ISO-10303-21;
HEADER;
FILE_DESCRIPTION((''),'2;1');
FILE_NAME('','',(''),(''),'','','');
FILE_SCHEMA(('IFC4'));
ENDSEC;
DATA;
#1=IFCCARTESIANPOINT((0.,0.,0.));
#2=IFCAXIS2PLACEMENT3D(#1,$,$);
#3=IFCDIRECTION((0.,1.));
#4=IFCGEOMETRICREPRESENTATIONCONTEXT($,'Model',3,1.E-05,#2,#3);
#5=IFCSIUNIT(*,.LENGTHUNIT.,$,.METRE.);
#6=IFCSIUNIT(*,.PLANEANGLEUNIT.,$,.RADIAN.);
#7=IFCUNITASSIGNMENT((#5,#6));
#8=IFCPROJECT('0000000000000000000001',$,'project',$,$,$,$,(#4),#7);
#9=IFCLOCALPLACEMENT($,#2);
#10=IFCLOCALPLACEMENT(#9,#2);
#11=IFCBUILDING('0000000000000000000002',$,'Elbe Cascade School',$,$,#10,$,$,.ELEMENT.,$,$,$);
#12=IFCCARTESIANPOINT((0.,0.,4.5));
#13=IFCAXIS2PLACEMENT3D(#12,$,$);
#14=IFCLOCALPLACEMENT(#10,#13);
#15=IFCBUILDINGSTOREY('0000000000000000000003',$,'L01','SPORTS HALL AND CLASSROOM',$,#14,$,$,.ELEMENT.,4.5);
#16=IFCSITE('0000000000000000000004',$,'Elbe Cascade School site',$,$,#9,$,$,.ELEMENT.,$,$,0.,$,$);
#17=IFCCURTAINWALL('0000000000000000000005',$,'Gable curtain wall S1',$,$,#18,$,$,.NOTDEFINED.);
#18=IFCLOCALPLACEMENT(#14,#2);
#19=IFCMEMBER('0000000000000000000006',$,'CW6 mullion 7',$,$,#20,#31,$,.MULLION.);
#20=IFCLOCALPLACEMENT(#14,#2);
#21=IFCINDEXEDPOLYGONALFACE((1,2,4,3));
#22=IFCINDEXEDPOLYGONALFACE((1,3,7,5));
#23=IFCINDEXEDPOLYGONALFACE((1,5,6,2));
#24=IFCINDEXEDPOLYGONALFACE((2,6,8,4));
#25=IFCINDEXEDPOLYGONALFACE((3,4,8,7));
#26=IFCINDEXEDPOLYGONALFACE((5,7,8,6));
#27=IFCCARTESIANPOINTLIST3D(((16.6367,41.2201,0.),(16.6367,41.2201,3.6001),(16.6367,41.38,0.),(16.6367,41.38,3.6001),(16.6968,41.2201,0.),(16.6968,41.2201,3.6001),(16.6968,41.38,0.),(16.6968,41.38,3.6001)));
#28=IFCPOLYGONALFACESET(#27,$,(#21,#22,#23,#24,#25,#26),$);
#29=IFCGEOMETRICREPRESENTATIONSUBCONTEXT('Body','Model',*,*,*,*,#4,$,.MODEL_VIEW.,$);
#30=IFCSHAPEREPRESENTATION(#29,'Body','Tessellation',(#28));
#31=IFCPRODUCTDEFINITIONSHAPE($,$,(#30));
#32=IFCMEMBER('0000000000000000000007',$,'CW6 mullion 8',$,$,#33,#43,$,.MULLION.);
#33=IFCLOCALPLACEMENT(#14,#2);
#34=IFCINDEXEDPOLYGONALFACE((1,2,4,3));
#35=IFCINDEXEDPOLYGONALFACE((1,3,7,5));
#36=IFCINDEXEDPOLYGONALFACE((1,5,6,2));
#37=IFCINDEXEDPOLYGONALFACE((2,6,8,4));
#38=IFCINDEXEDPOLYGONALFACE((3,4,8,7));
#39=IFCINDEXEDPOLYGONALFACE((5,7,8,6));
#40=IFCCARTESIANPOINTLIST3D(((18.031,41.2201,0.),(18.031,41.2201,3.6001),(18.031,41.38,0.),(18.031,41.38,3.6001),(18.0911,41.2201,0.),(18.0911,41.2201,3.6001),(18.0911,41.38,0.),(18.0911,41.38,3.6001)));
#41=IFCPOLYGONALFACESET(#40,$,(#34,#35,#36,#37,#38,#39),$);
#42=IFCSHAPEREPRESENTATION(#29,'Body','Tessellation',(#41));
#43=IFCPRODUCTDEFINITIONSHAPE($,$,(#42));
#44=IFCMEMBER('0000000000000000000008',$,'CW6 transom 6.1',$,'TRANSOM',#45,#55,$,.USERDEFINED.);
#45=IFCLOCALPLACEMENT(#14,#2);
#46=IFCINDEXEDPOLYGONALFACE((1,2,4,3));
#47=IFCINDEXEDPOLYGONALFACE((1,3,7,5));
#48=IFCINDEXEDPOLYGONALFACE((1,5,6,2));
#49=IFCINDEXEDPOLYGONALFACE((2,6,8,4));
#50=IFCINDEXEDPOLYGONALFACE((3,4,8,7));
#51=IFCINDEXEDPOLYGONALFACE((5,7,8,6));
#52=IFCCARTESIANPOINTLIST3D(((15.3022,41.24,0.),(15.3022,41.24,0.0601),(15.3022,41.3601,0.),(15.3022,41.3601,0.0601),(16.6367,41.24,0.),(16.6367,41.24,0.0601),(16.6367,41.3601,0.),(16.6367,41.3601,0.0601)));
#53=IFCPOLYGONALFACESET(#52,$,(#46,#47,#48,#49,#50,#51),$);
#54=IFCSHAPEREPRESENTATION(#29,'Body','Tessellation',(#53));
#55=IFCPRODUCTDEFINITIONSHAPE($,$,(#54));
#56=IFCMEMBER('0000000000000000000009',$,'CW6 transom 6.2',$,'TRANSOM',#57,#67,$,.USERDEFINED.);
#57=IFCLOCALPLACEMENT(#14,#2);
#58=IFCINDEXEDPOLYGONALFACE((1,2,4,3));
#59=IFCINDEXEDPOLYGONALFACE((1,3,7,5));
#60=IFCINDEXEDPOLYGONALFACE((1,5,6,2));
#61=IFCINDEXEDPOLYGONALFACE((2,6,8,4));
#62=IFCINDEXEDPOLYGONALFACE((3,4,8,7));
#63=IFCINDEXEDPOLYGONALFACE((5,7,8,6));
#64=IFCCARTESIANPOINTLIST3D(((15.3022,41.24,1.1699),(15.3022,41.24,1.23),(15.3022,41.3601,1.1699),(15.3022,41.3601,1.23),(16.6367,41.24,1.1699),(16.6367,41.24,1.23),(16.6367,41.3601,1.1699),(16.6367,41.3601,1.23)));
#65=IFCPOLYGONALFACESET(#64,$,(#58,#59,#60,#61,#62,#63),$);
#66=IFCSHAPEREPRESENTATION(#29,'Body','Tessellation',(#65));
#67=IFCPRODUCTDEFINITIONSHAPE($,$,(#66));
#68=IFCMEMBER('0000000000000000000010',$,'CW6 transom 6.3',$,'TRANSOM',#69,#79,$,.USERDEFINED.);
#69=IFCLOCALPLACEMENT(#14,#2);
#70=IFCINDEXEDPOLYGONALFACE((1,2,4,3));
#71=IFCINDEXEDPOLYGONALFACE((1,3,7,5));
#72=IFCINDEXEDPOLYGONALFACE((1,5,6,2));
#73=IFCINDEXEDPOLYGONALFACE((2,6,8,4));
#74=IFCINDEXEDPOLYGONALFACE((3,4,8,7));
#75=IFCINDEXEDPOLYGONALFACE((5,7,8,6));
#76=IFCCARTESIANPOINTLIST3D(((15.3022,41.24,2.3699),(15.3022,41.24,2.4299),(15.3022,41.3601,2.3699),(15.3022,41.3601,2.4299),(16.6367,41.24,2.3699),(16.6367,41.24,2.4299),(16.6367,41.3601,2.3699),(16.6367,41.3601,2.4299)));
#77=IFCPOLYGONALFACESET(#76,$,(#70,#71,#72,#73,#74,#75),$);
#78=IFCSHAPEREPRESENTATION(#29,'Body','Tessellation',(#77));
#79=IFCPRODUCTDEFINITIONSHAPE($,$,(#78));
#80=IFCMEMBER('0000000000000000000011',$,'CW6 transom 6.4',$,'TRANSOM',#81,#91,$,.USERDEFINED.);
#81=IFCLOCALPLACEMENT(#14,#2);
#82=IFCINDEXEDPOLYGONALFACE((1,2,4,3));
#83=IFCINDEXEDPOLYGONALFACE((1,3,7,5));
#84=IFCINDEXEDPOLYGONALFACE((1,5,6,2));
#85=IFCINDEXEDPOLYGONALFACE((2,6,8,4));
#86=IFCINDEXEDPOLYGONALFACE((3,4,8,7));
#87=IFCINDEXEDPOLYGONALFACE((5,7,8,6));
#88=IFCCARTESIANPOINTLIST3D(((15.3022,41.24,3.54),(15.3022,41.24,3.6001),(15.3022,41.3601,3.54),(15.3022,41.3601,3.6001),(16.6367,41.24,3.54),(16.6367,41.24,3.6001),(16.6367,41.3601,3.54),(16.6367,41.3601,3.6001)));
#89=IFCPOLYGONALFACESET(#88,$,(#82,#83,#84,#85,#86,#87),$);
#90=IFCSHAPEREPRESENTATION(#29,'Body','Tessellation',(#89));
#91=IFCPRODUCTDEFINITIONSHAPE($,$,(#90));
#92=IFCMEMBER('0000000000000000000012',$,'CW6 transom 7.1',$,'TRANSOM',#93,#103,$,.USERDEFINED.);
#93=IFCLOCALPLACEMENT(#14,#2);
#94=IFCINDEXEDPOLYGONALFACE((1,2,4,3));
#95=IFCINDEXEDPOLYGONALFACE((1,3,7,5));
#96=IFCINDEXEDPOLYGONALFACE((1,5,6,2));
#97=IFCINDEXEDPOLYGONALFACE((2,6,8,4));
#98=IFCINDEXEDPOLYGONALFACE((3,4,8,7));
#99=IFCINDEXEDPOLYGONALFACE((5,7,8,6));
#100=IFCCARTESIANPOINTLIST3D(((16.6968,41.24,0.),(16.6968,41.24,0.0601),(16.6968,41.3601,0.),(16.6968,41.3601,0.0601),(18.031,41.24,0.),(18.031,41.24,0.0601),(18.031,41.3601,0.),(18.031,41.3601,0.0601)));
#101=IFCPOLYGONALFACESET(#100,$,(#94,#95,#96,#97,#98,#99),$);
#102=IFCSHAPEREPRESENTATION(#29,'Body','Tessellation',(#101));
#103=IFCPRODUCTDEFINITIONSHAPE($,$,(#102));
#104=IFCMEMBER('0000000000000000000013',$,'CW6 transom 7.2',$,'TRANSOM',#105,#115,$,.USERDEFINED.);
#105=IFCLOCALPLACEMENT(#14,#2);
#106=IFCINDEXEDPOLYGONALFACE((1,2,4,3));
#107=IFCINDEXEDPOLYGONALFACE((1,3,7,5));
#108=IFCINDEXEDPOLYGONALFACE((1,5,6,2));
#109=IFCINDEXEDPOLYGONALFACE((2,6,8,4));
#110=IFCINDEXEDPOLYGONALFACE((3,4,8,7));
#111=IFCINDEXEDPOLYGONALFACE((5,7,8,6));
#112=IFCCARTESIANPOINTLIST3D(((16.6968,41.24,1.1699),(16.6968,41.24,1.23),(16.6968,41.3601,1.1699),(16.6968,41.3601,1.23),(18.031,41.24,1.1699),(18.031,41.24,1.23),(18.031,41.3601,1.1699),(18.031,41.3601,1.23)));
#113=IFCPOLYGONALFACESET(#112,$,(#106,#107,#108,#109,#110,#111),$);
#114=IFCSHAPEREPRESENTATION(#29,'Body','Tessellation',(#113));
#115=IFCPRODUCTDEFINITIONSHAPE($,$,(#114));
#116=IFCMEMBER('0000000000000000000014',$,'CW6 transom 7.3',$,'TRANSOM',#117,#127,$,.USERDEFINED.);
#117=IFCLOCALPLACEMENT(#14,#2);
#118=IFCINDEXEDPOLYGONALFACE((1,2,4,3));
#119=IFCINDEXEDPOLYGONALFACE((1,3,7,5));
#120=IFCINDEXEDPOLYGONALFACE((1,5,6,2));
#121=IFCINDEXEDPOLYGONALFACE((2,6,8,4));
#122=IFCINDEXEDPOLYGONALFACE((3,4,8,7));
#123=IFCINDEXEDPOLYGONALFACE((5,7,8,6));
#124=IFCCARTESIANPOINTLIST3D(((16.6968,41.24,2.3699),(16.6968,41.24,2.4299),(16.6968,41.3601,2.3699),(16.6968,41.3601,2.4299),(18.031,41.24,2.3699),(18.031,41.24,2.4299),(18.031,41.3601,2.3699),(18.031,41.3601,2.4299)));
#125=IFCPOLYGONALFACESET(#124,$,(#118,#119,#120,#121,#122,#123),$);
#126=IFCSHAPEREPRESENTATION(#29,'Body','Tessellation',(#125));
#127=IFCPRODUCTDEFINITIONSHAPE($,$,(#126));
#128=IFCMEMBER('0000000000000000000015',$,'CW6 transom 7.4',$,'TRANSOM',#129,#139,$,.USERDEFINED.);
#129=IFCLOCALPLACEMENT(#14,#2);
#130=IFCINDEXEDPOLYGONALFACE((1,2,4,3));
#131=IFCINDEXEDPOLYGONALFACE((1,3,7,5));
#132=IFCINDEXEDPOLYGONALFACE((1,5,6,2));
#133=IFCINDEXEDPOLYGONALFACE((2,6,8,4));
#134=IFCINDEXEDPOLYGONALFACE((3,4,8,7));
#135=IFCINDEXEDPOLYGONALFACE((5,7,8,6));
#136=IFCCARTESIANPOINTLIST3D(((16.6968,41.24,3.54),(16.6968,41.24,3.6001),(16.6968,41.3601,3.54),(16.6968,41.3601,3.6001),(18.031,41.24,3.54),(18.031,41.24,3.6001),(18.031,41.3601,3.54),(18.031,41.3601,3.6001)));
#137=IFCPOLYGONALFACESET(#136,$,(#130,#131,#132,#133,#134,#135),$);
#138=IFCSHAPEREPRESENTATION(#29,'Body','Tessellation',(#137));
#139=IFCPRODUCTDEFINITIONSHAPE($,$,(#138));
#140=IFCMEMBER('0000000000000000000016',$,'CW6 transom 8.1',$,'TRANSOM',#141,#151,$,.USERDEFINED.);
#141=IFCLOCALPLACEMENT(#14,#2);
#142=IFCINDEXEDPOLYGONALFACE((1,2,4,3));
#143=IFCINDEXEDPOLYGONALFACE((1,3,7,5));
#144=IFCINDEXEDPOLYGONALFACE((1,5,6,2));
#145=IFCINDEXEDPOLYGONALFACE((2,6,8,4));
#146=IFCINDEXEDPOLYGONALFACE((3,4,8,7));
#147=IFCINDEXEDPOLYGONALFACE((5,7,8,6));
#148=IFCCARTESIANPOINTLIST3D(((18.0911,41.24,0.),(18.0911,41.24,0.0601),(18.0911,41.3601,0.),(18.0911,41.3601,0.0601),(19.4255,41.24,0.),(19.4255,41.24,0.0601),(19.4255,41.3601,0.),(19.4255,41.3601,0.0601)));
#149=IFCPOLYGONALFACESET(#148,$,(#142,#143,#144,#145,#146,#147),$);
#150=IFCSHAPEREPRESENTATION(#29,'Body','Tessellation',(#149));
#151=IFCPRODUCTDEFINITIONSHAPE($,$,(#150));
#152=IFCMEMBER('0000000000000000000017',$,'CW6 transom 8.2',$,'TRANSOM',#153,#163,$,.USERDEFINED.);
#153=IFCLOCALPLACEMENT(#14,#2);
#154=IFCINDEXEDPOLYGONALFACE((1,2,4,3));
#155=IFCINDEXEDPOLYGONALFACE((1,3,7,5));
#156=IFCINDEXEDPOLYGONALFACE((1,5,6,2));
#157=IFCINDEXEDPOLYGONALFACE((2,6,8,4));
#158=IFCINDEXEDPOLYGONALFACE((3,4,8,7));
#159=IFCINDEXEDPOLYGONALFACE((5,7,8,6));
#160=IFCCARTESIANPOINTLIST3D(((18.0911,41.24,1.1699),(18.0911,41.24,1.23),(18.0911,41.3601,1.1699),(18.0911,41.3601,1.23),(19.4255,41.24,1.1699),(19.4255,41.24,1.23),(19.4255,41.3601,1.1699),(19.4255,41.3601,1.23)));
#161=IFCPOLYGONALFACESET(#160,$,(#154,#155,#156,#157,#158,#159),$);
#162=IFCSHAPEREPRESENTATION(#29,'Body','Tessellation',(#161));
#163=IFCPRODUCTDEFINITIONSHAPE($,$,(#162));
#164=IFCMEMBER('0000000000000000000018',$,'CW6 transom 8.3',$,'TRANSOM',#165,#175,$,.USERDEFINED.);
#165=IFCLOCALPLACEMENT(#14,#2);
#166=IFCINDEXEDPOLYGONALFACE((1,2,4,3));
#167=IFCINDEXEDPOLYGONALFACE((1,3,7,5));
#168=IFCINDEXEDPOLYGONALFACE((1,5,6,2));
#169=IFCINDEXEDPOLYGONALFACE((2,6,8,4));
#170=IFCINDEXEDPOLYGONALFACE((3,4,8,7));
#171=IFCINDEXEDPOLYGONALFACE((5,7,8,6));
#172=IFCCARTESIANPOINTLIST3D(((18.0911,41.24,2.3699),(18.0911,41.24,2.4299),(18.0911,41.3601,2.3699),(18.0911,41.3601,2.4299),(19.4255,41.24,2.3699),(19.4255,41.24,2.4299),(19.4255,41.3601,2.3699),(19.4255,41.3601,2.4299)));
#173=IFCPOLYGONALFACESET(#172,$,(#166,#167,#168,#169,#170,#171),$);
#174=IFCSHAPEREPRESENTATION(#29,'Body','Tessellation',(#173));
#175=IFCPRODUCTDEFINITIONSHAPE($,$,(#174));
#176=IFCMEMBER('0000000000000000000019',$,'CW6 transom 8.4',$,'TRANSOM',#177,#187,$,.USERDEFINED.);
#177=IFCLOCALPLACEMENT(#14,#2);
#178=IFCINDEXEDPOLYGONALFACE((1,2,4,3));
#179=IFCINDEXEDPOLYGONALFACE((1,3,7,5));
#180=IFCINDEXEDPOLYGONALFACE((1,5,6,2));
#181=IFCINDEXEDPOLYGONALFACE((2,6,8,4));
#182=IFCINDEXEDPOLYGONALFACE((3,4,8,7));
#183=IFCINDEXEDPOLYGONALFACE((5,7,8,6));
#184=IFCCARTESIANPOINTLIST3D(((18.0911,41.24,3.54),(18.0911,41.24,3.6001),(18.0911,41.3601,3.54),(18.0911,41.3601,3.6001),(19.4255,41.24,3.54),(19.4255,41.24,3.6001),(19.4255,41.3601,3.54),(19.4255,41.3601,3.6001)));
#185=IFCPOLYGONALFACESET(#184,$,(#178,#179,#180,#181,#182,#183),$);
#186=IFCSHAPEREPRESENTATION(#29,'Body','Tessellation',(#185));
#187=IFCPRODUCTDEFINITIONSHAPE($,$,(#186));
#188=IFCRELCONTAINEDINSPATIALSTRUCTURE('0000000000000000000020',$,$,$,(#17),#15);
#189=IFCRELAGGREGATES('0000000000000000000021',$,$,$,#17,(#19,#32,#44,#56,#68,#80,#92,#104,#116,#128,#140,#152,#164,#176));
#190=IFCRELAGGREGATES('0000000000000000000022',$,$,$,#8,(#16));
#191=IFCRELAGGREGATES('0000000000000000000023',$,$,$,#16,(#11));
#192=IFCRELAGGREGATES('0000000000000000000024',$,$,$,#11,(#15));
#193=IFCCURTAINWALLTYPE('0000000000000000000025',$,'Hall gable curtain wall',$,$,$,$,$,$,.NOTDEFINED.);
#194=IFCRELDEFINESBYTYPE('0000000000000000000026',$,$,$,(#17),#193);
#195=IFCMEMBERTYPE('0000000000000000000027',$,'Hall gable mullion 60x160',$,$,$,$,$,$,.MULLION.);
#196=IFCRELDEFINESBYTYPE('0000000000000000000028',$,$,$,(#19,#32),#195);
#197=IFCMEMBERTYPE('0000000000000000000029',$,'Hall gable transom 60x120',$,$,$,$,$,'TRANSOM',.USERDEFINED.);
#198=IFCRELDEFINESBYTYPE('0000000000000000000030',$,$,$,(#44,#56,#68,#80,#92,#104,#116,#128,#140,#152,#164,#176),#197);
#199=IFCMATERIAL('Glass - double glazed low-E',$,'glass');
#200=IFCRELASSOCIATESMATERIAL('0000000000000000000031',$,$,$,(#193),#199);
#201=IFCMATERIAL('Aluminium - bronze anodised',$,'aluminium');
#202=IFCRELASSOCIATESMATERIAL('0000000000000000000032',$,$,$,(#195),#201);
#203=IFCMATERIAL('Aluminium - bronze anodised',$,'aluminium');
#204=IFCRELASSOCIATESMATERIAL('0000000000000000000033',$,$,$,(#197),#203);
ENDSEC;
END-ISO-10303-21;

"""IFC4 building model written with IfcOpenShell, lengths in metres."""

from ifc_helpers import new_model, si_unit, direction, frame, origin, origin_2d, place, context, subcontext, project, spatial, rectangle, extrude, material, material_profile, profile_set, type_object, element, aggregate, save


model = new_model("IFC4")

# Units and contexts
model_context = context("Model", 3, precision=1e-05, world=origin(), true_north=direction((0.0, 1.0)))
body_context = subcontext(model_context, "Body", "Model", "MODEL_VIEW")
ifc_project = project(units=[si_unit("LENGTHUNIT", "METRE"), si_unit("PLANEANGLEUNIT", "RADIAN")], contexts=[model_context])

# Site, building, storey
site_placement = place(None, origin())
site = spatial("IfcSite", under=ifc_project, at=site_placement, Name="Elbe Cascade School site", CompositionType="ELEMENT", RefElevation=0.0)
building_placement = place(site_placement, origin())
building = spatial("IfcBuilding", under=site, at=building_placement, Name="Elbe Cascade School", CompositionType="ELEMENT")
storey_placement = place(building_placement, frame((0.0, 0.0, 4.5)))
storey = spatial("IfcBuildingStorey", under=building, at=storey_placement, Name="L01", Description="SPORTS HALL AND CLASSROOM", CompositionType="ELEMENT", Elevation=4.5)

# Curtain wall, members
ifc_material_1 = material(Name="Glass - double glazed low-E", Category="glass")
curtain_wall_type = type_object("IfcCurtainWallType", Name="Hall gable curtain wall", PredefinedType="NOTDEFINED", material=ifc_material_1)
curtain_wall_placement = place(storey_placement, origin())
curtain_wall = element("IfcCurtainWall", 1, at=curtain_wall_placement, inside=storey, type_object=curtain_wall_type, Name="Gable curtain wall S1", PredefinedType="NOTDEFINED")
ifc_material_2 = material(Name="Aluminium - bronze anodised", Category="aluminium")
ifc_material_profile_1 = material_profile(ifc_material_2, rectangle(XDim=0.1599, YDim=0.0601, at=origin_2d()), Name="Alu 60x160")
ifc_profile_set_1 = profile_set([ifc_material_profile_1], Name="Aluminium - bronze anodised")
member_type_1 = type_object("IfcMemberType", Name="Hall gable mullion 60x160", PredefinedType="MULLION", material=ifc_profile_set_1)
member_1_placement = place(storey_placement, frame((16.6667, 41.3, 0.0), z_axis=(0.0, 0.0, 1.0), x_axis=(0.0, 1.0, 0.0)))
member_1 = element("IfcMember", 2, at=member_1_placement, type_object=member_type_1, Name="CW6 mullion 7", PredefinedType="MULLION", context=body_context, shape_type="SweptSolid", body=[
    extrude(rectangle(XDim=0.1599, YDim=0.0601, at=origin_2d()), origin(), (0.0, 0.0, 1.0), 3.6001),
])
member_2_placement = place(storey_placement, frame((18.061, 41.3, 0.0), z_axis=(0.0, 0.0, 1.0), x_axis=(0.0, 1.0, 0.0)))
member_2 = element("IfcMember", 3, at=member_2_placement, type_object=member_type_1, Name="CW6 mullion 8", PredefinedType="MULLION", context=body_context, shape_type="SweptSolid", body=[
    extrude(rectangle(XDim=0.1599, YDim=0.0601, at=origin_2d()), origin(), (0.0, 0.0, 1.0), 3.6001),
])
ifc_material_3 = material(Name="Aluminium - bronze anodised", Category="aluminium")
ifc_material_profile_2 = material_profile(ifc_material_3, rectangle(XDim=0.1201, YDim=0.0601, at=origin_2d()), Name="Alu 60x120")
ifc_profile_set_2 = profile_set([ifc_material_profile_2], Name="Aluminium - bronze anodised")
member_type_2 = type_object("IfcMemberType", Name="Hall gable transom 60x120", ElementType="TRANSOM", PredefinedType="USERDEFINED", material=ifc_profile_set_2)
member_3_placement = place(storey_placement, frame((15.3022, 41.3, 0.03), z_axis=(1.0, 0.0, 0.0), x_axis=(0.0, 1.0, 0.0)))
member_3 = element("IfcMember", 4, at=member_3_placement, type_object=member_type_2, Name="CW6 transom 6.1", ObjectType="TRANSOM", PredefinedType="USERDEFINED", context=body_context, shape_type="SweptSolid", body=[
    extrude(rectangle(XDim=0.1201, YDim=0.0601, at=origin_2d()), origin(), (0.0, 0.0, 1.0), 1.3345),
])
member_4_placement = place(storey_placement, frame((15.3022, 41.3, 1.2), z_axis=(1.0, 0.0, 0.0), x_axis=(0.0, 1.0, 0.0)))
member_4 = element("IfcMember", 5, at=member_4_placement, type_object=member_type_2, Name="CW6 transom 6.2", ObjectType="TRANSOM", PredefinedType="USERDEFINED", context=body_context, shape_type="SweptSolid", body=[
    extrude(rectangle(XDim=0.1201, YDim=0.0601, at=origin_2d()), origin(), (0.0, 0.0, 1.0), 1.3345),
])
member_5_placement = place(storey_placement, frame((15.3022, 41.3, 2.3999), z_axis=(1.0, 0.0, 0.0), x_axis=(0.0, 1.0, 0.0)))
member_5 = element("IfcMember", 6, at=member_5_placement, type_object=member_type_2, Name="CW6 transom 6.3", ObjectType="TRANSOM", PredefinedType="USERDEFINED", context=body_context, shape_type="SweptSolid", body=[
    extrude(rectangle(XDim=0.1201, YDim=0.0601, at=origin_2d()), origin(), (0.0, 0.0, 1.0), 1.3345),
])
member_6_placement = place(storey_placement, frame((15.3022, 41.3, 3.5701), z_axis=(1.0, 0.0, 0.0), x_axis=(0.0, 1.0, 0.0)))
member_6 = element("IfcMember", 7, at=member_6_placement, type_object=member_type_2, Name="CW6 transom 6.4", ObjectType="TRANSOM", PredefinedType="USERDEFINED", context=body_context, shape_type="SweptSolid", body=[
    extrude(rectangle(XDim=0.1201, YDim=0.0601, at=origin_2d()), origin(), (0.0, 0.0, 1.0), 1.3345),
])
member_7_placement = place(storey_placement, frame((16.6968, 41.3, 0.03), z_axis=(1.0, 0.0, 0.0), x_axis=(0.0, 1.0, 0.0)))
member_7 = element("IfcMember", 8, at=member_7_placement, type_object=member_type_2, Name="CW6 transom 7.1", ObjectType="TRANSOM", PredefinedType="USERDEFINED", context=body_context, shape_type="SweptSolid", body=[
    extrude(rectangle(XDim=0.1201, YDim=0.0601, at=origin_2d()), origin(), (0.0, 0.0, 1.0), 1.3342),
])
member_8_placement = place(storey_placement, frame((16.6968, 41.3, 1.2), z_axis=(1.0, 0.0, 0.0), x_axis=(0.0, 1.0, 0.0)))
member_8 = element("IfcMember", 9, at=member_8_placement, type_object=member_type_2, Name="CW6 transom 7.2", ObjectType="TRANSOM", PredefinedType="USERDEFINED", context=body_context, shape_type="SweptSolid", body=[
    extrude(rectangle(XDim=0.1201, YDim=0.0601, at=origin_2d()), origin(), (0.0, 0.0, 1.0), 1.3342),
])
member_9_placement = place(storey_placement, frame((16.6968, 41.3, 2.3999), z_axis=(1.0, 0.0, 0.0), x_axis=(0.0, 1.0, 0.0)))
member_9 = element("IfcMember", 10, at=member_9_placement, type_object=member_type_2, Name="CW6 transom 7.3", ObjectType="TRANSOM", PredefinedType="USERDEFINED", context=body_context, shape_type="SweptSolid", body=[
    extrude(rectangle(XDim=0.1201, YDim=0.0601, at=origin_2d()), origin(), (0.0, 0.0, 1.0), 1.3342),
])
member_10_placement = place(storey_placement, frame((16.6968, 41.3, 3.5701), z_axis=(1.0, 0.0, 0.0), x_axis=(0.0, 1.0, 0.0)))
member_10 = element("IfcMember", 11, at=member_10_placement, type_object=member_type_2, Name="CW6 transom 7.4", ObjectType="TRANSOM", PredefinedType="USERDEFINED", context=body_context, shape_type="SweptSolid", body=[
    extrude(rectangle(XDim=0.1201, YDim=0.0601, at=origin_2d()), origin(), (0.0, 0.0, 1.0), 1.3342),
])
member_11_placement = place(storey_placement, frame((18.0911, 41.3, 0.03), z_axis=(1.0, 0.0, 0.0), x_axis=(0.0, 1.0, 0.0)))
member_11 = element("IfcMember", 12, at=member_11_placement, type_object=member_type_2, Name="CW6 transom 8.1", ObjectType="TRANSOM", PredefinedType="USERDEFINED", context=body_context, shape_type="SweptSolid", body=[
    extrude(rectangle(XDim=0.1201, YDim=0.0601, at=origin_2d()), origin(), (0.0, 0.0, 1.0), 1.3345),
])
member_12_placement = place(storey_placement, frame((18.0911, 41.3, 1.2), z_axis=(1.0, 0.0, 0.0), x_axis=(0.0, 1.0, 0.0)))
member_12 = element("IfcMember", 13, at=member_12_placement, type_object=member_type_2, Name="CW6 transom 8.2", ObjectType="TRANSOM", PredefinedType="USERDEFINED", context=body_context, shape_type="SweptSolid", body=[
    extrude(rectangle(XDim=0.1201, YDim=0.0601, at=origin_2d()), origin(), (0.0, 0.0, 1.0), 1.3345),
])
member_13_placement = place(storey_placement, frame((18.0911, 41.3, 2.3999), z_axis=(1.0, 0.0, 0.0), x_axis=(0.0, 1.0, 0.0)))
member_13 = element("IfcMember", 14, at=member_13_placement, type_object=member_type_2, Name="CW6 transom 8.3", ObjectType="TRANSOM", PredefinedType="USERDEFINED", context=body_context, shape_type="SweptSolid", body=[
    extrude(rectangle(XDim=0.1201, YDim=0.0601, at=origin_2d()), origin(), (0.0, 0.0, 1.0), 1.3345),
])
member_14_placement = place(storey_placement, frame((18.0911, 41.3, 3.5701), z_axis=(1.0, 0.0, 0.0), x_axis=(0.0, 1.0, 0.0)))
member_14 = element("IfcMember", 15, at=member_14_placement, type_object=member_type_2, Name="CW6 transom 8.4", ObjectType="TRANSOM", PredefinedType="USERDEFINED", context=body_context, shape_type="SweptSolid", body=[
    extrude(rectangle(XDim=0.1201, YDim=0.0601, at=origin_2d()), origin(), (0.0, 0.0, 1.0), 1.3345),
])
aggregate(curtain_wall, [member_1, member_2, member_3, member_4, member_5, member_6, member_7, member_8, member_9, member_10, member_11, member_12, member_13, member_14])

save(model, "model.ifc")
